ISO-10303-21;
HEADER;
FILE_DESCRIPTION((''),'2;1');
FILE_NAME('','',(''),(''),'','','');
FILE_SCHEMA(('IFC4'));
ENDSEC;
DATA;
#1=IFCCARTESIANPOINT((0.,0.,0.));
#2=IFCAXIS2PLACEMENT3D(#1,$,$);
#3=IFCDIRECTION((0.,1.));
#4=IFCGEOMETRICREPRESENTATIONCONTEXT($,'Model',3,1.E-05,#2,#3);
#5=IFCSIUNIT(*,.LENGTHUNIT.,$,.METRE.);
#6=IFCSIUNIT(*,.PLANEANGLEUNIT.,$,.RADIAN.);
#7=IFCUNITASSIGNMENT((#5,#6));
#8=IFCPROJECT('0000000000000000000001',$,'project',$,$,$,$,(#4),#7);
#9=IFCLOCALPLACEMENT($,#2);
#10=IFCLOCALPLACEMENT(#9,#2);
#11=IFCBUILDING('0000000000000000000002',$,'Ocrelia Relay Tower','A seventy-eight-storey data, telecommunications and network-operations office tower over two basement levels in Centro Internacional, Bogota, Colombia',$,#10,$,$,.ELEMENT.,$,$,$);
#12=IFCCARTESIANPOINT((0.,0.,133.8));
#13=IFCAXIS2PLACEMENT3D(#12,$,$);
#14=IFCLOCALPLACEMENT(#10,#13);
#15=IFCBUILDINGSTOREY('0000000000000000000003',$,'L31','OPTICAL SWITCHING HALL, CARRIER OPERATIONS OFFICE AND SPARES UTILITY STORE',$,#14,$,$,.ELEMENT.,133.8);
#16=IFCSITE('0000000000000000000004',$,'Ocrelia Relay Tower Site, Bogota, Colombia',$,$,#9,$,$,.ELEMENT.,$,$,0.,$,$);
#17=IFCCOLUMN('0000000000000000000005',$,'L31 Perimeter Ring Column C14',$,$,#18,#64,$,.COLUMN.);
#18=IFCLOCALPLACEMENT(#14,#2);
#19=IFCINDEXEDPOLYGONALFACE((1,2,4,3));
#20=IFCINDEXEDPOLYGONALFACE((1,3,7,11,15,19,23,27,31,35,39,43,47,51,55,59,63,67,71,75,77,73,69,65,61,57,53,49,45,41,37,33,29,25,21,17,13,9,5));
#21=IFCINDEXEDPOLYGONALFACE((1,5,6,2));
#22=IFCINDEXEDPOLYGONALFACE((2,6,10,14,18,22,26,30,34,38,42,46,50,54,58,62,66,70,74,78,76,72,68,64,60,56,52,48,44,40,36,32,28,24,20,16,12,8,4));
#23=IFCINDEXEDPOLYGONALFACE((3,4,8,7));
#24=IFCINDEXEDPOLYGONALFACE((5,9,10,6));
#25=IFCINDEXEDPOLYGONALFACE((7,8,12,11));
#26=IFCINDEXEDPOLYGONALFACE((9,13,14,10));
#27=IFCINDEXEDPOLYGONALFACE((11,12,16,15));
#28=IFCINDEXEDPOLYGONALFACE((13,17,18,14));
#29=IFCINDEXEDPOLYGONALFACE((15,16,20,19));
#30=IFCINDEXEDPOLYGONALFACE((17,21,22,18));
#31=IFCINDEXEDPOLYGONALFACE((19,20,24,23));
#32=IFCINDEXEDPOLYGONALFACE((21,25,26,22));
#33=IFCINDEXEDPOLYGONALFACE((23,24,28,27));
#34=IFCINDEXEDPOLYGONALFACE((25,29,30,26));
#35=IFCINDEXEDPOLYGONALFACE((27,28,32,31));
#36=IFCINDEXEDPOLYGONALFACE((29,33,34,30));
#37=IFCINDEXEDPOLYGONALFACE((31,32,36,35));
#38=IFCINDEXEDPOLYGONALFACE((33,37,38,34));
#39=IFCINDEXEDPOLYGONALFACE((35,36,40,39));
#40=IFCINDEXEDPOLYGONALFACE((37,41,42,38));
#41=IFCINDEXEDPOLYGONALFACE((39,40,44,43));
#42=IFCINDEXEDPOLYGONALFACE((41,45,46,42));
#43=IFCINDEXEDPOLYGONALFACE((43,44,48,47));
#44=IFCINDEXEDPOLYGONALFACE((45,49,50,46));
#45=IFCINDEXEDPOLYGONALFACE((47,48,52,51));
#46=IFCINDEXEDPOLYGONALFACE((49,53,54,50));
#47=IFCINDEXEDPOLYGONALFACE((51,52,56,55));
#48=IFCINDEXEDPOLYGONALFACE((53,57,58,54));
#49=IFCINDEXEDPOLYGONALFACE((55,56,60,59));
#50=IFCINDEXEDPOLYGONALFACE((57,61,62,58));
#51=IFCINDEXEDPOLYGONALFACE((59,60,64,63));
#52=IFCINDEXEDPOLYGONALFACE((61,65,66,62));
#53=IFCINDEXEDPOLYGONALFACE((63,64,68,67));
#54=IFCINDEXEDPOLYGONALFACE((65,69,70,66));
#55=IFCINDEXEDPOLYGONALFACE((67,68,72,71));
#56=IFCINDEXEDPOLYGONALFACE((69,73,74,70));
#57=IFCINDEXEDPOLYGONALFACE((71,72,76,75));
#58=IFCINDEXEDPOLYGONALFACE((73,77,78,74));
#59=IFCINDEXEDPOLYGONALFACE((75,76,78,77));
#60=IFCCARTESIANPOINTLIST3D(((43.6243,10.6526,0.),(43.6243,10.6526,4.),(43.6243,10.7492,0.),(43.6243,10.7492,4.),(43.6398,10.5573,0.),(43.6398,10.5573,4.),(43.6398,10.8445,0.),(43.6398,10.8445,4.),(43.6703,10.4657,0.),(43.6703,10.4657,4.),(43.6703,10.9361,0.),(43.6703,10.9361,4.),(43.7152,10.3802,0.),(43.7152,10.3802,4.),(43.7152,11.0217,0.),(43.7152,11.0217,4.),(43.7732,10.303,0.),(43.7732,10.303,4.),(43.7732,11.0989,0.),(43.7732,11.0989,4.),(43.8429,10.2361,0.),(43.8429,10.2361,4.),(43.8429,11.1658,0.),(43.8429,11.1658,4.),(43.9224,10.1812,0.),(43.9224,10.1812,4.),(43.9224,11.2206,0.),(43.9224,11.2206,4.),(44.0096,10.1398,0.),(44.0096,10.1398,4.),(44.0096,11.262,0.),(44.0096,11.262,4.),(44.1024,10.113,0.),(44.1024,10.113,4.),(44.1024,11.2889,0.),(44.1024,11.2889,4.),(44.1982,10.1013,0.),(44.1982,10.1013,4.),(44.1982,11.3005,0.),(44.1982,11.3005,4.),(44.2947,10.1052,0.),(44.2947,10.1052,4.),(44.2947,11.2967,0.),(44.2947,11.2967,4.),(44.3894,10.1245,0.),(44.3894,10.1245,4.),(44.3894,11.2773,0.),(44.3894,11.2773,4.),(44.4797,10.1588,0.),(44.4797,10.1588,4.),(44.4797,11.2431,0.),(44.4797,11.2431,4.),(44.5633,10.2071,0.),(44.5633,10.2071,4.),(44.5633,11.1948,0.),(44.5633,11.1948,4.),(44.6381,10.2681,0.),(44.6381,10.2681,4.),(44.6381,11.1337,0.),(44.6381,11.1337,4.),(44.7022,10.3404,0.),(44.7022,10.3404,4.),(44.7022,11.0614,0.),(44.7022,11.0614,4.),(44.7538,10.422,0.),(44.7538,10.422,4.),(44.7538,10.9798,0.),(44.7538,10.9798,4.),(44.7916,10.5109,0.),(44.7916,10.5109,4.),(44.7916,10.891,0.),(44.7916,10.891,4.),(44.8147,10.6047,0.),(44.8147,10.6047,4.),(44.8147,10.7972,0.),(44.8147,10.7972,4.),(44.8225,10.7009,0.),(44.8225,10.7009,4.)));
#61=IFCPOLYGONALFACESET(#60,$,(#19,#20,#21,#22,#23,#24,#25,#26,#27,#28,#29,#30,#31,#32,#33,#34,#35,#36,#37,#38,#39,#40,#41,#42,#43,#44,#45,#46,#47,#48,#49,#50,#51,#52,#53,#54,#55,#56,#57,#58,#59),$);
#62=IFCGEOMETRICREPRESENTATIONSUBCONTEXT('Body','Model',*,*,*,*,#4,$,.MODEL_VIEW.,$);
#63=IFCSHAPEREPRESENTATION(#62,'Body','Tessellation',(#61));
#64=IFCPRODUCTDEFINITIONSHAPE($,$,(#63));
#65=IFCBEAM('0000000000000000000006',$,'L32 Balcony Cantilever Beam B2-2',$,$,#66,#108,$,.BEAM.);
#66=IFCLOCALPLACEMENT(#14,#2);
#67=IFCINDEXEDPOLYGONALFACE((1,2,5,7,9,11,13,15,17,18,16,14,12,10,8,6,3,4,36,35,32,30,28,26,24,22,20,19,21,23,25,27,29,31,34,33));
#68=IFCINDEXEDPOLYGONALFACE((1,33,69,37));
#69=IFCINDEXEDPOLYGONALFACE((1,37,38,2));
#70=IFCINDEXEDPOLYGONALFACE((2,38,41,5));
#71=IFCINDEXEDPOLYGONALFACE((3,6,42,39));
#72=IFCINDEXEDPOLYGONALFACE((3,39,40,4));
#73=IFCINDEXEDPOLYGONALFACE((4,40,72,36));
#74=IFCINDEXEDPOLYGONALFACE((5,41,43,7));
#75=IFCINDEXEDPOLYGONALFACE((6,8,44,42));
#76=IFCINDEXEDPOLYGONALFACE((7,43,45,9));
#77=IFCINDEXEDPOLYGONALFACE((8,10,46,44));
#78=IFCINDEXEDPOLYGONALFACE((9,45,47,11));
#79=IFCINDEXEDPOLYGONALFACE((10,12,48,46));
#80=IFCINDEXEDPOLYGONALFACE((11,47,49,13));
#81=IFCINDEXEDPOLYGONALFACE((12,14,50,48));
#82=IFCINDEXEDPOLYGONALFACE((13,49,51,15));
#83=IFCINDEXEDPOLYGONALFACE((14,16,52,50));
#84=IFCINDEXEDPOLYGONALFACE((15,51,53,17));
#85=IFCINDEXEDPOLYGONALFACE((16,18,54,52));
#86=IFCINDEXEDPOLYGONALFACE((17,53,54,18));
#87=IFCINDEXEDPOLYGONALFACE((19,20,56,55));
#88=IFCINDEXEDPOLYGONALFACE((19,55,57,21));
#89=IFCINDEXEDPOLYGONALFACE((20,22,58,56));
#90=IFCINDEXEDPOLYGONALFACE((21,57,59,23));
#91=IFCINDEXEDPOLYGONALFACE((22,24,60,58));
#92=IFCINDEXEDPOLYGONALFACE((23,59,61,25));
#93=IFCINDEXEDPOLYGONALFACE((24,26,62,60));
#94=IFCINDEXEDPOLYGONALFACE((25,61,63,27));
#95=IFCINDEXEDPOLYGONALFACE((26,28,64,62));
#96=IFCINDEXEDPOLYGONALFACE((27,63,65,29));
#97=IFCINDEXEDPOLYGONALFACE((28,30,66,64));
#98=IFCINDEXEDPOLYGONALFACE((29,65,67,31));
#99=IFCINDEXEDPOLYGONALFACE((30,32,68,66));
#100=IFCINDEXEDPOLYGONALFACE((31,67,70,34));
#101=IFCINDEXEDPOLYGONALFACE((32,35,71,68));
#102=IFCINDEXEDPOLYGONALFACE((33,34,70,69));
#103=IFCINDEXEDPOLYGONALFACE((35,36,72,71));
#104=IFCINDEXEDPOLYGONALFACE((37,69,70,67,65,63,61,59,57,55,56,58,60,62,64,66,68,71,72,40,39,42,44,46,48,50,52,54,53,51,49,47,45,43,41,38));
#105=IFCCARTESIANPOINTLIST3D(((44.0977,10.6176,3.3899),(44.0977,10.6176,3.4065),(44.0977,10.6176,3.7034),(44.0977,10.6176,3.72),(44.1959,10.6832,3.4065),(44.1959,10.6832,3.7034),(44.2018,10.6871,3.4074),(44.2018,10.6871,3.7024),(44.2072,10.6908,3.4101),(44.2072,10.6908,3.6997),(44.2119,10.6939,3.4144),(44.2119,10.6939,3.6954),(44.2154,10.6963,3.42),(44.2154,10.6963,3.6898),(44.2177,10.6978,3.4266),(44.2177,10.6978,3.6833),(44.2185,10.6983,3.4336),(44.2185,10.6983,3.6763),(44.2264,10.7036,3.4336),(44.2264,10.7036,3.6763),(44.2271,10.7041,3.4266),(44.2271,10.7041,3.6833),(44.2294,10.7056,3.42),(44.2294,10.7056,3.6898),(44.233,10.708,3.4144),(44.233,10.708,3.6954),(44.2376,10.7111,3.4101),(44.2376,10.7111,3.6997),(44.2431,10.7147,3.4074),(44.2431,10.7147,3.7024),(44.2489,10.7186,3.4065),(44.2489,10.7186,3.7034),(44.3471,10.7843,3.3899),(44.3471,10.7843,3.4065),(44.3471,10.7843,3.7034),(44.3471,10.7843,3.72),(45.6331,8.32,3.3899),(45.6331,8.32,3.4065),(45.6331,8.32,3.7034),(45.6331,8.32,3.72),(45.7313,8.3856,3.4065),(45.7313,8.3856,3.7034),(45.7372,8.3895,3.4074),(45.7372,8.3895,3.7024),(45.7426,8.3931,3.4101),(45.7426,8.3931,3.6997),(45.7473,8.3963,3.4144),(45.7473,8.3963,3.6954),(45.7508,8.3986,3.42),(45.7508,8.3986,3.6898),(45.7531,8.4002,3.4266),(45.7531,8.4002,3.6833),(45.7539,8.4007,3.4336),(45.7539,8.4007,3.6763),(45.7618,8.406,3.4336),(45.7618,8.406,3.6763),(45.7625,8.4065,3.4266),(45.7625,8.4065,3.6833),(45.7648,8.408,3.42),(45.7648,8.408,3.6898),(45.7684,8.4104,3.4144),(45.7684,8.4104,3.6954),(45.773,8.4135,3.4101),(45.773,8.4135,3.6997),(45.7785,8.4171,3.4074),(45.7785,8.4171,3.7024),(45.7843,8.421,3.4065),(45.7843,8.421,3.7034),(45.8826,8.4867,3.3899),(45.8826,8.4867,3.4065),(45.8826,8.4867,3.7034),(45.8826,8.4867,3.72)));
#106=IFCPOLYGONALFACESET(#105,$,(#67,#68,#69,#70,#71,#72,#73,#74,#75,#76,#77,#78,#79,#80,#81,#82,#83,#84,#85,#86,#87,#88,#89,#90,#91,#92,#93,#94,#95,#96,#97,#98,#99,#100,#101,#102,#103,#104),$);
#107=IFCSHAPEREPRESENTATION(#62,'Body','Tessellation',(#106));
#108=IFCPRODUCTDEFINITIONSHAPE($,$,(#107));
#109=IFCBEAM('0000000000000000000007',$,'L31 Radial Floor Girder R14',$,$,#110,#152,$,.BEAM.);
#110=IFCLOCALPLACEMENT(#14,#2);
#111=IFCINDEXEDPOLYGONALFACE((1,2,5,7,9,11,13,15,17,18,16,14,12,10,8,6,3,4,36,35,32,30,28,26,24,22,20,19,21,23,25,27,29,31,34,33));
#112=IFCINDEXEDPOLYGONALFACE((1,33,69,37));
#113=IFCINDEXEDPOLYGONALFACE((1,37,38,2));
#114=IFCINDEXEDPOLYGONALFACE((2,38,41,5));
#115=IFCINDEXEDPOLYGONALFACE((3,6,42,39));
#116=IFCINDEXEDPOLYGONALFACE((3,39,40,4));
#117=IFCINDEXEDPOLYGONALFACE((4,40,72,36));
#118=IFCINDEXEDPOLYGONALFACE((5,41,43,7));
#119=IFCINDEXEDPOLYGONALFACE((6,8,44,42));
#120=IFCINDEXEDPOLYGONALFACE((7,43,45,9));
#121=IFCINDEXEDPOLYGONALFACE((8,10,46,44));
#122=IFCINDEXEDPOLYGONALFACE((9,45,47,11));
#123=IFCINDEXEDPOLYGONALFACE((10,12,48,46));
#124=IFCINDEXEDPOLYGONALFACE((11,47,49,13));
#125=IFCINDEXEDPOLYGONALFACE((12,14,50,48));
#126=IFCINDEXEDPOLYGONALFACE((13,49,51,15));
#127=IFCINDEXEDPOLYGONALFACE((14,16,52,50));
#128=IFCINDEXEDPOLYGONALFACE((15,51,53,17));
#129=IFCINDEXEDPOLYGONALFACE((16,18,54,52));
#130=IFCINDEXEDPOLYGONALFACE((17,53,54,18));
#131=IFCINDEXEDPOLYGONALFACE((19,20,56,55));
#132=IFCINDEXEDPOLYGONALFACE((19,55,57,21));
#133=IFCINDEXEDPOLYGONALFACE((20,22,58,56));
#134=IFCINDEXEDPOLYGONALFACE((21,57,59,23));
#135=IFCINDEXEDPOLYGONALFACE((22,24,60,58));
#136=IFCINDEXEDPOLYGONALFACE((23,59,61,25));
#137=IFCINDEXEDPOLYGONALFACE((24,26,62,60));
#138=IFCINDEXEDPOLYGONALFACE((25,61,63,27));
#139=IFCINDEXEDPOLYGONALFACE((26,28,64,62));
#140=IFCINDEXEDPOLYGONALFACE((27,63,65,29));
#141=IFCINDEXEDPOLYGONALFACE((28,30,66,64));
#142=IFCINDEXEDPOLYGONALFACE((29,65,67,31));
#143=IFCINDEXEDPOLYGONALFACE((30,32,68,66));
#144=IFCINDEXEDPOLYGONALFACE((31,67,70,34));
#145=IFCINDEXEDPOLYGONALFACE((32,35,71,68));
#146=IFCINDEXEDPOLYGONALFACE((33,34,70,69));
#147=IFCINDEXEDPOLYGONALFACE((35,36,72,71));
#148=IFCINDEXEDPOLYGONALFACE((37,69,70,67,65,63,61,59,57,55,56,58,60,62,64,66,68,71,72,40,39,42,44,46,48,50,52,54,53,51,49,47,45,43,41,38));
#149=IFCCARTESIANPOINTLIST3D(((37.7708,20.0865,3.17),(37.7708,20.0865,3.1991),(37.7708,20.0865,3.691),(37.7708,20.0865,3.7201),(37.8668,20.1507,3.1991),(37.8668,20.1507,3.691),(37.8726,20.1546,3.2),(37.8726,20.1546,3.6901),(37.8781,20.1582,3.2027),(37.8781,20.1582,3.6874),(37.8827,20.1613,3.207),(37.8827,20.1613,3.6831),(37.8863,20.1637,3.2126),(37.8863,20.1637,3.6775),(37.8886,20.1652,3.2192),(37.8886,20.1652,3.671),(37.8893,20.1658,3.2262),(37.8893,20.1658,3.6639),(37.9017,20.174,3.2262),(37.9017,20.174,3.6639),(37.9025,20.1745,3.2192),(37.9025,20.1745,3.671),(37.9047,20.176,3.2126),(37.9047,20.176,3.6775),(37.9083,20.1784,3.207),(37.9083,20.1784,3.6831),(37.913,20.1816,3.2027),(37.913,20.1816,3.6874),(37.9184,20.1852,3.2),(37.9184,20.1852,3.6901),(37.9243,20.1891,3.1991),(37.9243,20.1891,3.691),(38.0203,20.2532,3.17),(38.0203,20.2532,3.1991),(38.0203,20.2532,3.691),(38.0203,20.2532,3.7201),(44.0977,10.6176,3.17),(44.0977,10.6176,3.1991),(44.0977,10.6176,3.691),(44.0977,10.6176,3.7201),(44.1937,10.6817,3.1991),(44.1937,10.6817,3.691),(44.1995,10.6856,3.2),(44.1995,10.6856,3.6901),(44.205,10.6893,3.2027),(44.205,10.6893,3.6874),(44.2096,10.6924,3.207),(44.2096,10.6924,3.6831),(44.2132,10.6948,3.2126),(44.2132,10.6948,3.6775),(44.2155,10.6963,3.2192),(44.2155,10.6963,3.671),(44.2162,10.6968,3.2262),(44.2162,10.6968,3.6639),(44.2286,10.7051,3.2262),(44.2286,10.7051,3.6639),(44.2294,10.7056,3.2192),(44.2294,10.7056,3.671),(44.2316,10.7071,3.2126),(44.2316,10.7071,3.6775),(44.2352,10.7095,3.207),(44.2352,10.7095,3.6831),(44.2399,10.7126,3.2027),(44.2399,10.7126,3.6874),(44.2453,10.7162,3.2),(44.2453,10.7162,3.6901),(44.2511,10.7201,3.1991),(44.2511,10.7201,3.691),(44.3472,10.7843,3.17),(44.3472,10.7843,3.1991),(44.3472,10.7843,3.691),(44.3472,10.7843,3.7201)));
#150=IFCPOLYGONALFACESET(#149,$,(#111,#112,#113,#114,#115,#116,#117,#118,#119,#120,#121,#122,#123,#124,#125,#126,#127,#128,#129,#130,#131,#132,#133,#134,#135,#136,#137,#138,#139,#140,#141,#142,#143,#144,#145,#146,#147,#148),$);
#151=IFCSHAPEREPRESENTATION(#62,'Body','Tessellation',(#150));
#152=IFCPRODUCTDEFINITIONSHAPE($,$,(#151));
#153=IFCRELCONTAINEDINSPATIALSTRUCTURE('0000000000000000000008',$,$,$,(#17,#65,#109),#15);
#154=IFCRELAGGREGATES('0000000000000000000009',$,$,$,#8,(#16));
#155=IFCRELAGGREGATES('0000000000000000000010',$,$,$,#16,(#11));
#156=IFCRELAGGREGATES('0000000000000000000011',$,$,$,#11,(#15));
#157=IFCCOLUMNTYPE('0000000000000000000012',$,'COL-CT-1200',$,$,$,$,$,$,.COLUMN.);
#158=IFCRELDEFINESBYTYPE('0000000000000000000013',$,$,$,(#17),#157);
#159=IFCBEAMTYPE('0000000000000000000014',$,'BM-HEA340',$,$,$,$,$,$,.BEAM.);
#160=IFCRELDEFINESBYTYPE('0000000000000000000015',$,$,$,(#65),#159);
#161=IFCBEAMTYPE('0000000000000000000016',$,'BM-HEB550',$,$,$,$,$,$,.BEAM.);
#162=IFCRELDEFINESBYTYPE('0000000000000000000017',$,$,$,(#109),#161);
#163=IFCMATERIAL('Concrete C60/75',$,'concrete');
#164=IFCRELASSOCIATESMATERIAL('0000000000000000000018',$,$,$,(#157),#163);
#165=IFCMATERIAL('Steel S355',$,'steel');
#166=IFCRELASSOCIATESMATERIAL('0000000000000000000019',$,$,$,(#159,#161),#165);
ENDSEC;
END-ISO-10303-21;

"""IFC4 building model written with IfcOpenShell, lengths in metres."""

from ifc_helpers import new_model, si_unit, direction, frame, origin, origin_2d, place, context, subcontext, project, spatial, circle, i_section, extrude, material, material_profile, profile_set, type_object, element, save


model = new_model("IFC4")

# Units and contexts
model_context = context("Model", 3, precision=1e-05, world=origin(), true_north=direction((0.0, 1.0)))
body_context = subcontext(model_context, "Body", "Model", "MODEL_VIEW")
ifc_project = project(units=[si_unit("LENGTHUNIT", "METRE"), si_unit("PLANEANGLEUNIT", "RADIAN")], contexts=[model_context])

# Site, building, storey
site_placement = place(None, origin())
site = spatial("IfcSite", under=ifc_project, at=site_placement, Name="Ocrelia Relay Tower Site, Bogota, Colombia", CompositionType="ELEMENT", RefElevation=0.0)
building_placement = place(site_placement, origin())
building = spatial("IfcBuilding", under=site, at=building_placement, Name="Ocrelia Relay Tower", Description="A seventy-eight-storey data, telecommunications and network-operations office tower over two basement levels in Centro Internacional, Bogota, Colombia", CompositionType="ELEMENT")
storey_placement = place(building_placement, frame((0.0, 0.0, 133.8)))
storey = spatial("IfcBuildingStorey", under=building, at=storey_placement, Name="L31", Description="OPTICAL SWITCHING HALL, CARRIER OPERATIONS OFFICE AND SPARES UTILITY STORE", CompositionType="ELEMENT", Elevation=133.8)

# Column
ifc_material_1 = material(Name="Concrete C60/75", Category="concrete")
ifc_material_profile_1 = material_profile(ifc_material_1, circle(Radius=0.6001, at=origin_2d()), Name="RC-CIR-1200")
ifc_profile_set_1 = profile_set([ifc_material_profile_1], Name="Concrete C60/75")
column_type = type_object("IfcColumnType", Name="COL-CT-1200", PredefinedType="COLUMN", material=ifc_profile_set_1)
column_placement = place(storey_placement, frame((44.2224, 10.7009, 0.0), z_axis=(0.0, 0.0, 1.0), x_axis=(1.0, 0.0, 0.0)))
element("IfcColumn", 1, at=column_placement, inside=storey, type_object=column_type, Name="L31 Perimeter Ring Column C14", PredefinedType="COLUMN", context=body_context, shape_type="SweptSolid", body=[
    extrude(circle(Radius=0.6001, at=origin_2d()), origin(), (0.0, 0.0, 1.0), 4.0),
])

# Beams
ifc_material_2 = material(Name="Steel S355", Category="steel")
ifc_material_profile_2 = material_profile(ifc_material_2, i_section(OverallWidth=0.3, OverallDepth=0.3301, WebThickness=0.0095, FlangeThickness=0.0166, FilletRadius=0.0271, at=origin_2d()), Name="HEA 340")
ifc_profile_set_2 = profile_set([ifc_material_profile_2], Name="Steel S355")
beam_type_1 = type_object("IfcBeamType", Name="BM-HEA340", PredefinedType="BEAM", material=ifc_profile_set_2)
beam_1_placement = place(storey_placement, frame((44.2224, 10.7009, 3.5549), z_axis=(0.555617, -0.831438, 0.0), x_axis=(0.831438, 0.555617, 0.0)))
element("IfcBeam", 2, at=beam_1_placement, inside=storey, type_object=beam_type_1, Name="L32 Balcony Cantilever Beam B2-2", PredefinedType="BEAM", context=body_context, shape_type="SweptSolid", body=[
    extrude(i_section(OverallWidth=0.3, OverallDepth=0.3301, WebThickness=0.0095, FlangeThickness=0.0166, FilletRadius=0.0271, at=origin_2d()), origin(), (0.0, 0.0, 1.0), 2.7634),
])
ifc_material_profile_3 = material_profile(ifc_material_2, i_section(OverallWidth=0.3, OverallDepth=0.55, WebThickness=0.0149, FlangeThickness=0.0291, FilletRadius=0.0271, at=origin_2d()), Name="HEB 550")
ifc_profile_set_3 = profile_set([ifc_material_profile_3], Name="Steel S355")
beam_type_2 = type_object("IfcBeamType", Name="BM-HEB550", PredefinedType="BEAM", material=ifc_profile_set_3)
beam_2_placement = place(storey_placement, frame((44.2224, 10.7009, 3.4451), z_axis=(-0.555566, 0.831473, 0.0), x_axis=(-0.831473, -0.555566, 0.0)))
element("IfcBeam", 3, at=beam_2_placement, inside=storey, type_object=beam_type_2, Name="L31 Radial Floor Girder R14", PredefinedType="BEAM", context=body_context, shape_type="SweptSolid", body=[
    extrude(i_section(OverallWidth=0.3, OverallDepth=0.55, WebThickness=0.0149, FlangeThickness=0.0291, FilletRadius=0.0271, at=origin_2d()), origin(), (0.0, 0.0, 1.0), 11.3882),
])

save(model, "model.ifc")
